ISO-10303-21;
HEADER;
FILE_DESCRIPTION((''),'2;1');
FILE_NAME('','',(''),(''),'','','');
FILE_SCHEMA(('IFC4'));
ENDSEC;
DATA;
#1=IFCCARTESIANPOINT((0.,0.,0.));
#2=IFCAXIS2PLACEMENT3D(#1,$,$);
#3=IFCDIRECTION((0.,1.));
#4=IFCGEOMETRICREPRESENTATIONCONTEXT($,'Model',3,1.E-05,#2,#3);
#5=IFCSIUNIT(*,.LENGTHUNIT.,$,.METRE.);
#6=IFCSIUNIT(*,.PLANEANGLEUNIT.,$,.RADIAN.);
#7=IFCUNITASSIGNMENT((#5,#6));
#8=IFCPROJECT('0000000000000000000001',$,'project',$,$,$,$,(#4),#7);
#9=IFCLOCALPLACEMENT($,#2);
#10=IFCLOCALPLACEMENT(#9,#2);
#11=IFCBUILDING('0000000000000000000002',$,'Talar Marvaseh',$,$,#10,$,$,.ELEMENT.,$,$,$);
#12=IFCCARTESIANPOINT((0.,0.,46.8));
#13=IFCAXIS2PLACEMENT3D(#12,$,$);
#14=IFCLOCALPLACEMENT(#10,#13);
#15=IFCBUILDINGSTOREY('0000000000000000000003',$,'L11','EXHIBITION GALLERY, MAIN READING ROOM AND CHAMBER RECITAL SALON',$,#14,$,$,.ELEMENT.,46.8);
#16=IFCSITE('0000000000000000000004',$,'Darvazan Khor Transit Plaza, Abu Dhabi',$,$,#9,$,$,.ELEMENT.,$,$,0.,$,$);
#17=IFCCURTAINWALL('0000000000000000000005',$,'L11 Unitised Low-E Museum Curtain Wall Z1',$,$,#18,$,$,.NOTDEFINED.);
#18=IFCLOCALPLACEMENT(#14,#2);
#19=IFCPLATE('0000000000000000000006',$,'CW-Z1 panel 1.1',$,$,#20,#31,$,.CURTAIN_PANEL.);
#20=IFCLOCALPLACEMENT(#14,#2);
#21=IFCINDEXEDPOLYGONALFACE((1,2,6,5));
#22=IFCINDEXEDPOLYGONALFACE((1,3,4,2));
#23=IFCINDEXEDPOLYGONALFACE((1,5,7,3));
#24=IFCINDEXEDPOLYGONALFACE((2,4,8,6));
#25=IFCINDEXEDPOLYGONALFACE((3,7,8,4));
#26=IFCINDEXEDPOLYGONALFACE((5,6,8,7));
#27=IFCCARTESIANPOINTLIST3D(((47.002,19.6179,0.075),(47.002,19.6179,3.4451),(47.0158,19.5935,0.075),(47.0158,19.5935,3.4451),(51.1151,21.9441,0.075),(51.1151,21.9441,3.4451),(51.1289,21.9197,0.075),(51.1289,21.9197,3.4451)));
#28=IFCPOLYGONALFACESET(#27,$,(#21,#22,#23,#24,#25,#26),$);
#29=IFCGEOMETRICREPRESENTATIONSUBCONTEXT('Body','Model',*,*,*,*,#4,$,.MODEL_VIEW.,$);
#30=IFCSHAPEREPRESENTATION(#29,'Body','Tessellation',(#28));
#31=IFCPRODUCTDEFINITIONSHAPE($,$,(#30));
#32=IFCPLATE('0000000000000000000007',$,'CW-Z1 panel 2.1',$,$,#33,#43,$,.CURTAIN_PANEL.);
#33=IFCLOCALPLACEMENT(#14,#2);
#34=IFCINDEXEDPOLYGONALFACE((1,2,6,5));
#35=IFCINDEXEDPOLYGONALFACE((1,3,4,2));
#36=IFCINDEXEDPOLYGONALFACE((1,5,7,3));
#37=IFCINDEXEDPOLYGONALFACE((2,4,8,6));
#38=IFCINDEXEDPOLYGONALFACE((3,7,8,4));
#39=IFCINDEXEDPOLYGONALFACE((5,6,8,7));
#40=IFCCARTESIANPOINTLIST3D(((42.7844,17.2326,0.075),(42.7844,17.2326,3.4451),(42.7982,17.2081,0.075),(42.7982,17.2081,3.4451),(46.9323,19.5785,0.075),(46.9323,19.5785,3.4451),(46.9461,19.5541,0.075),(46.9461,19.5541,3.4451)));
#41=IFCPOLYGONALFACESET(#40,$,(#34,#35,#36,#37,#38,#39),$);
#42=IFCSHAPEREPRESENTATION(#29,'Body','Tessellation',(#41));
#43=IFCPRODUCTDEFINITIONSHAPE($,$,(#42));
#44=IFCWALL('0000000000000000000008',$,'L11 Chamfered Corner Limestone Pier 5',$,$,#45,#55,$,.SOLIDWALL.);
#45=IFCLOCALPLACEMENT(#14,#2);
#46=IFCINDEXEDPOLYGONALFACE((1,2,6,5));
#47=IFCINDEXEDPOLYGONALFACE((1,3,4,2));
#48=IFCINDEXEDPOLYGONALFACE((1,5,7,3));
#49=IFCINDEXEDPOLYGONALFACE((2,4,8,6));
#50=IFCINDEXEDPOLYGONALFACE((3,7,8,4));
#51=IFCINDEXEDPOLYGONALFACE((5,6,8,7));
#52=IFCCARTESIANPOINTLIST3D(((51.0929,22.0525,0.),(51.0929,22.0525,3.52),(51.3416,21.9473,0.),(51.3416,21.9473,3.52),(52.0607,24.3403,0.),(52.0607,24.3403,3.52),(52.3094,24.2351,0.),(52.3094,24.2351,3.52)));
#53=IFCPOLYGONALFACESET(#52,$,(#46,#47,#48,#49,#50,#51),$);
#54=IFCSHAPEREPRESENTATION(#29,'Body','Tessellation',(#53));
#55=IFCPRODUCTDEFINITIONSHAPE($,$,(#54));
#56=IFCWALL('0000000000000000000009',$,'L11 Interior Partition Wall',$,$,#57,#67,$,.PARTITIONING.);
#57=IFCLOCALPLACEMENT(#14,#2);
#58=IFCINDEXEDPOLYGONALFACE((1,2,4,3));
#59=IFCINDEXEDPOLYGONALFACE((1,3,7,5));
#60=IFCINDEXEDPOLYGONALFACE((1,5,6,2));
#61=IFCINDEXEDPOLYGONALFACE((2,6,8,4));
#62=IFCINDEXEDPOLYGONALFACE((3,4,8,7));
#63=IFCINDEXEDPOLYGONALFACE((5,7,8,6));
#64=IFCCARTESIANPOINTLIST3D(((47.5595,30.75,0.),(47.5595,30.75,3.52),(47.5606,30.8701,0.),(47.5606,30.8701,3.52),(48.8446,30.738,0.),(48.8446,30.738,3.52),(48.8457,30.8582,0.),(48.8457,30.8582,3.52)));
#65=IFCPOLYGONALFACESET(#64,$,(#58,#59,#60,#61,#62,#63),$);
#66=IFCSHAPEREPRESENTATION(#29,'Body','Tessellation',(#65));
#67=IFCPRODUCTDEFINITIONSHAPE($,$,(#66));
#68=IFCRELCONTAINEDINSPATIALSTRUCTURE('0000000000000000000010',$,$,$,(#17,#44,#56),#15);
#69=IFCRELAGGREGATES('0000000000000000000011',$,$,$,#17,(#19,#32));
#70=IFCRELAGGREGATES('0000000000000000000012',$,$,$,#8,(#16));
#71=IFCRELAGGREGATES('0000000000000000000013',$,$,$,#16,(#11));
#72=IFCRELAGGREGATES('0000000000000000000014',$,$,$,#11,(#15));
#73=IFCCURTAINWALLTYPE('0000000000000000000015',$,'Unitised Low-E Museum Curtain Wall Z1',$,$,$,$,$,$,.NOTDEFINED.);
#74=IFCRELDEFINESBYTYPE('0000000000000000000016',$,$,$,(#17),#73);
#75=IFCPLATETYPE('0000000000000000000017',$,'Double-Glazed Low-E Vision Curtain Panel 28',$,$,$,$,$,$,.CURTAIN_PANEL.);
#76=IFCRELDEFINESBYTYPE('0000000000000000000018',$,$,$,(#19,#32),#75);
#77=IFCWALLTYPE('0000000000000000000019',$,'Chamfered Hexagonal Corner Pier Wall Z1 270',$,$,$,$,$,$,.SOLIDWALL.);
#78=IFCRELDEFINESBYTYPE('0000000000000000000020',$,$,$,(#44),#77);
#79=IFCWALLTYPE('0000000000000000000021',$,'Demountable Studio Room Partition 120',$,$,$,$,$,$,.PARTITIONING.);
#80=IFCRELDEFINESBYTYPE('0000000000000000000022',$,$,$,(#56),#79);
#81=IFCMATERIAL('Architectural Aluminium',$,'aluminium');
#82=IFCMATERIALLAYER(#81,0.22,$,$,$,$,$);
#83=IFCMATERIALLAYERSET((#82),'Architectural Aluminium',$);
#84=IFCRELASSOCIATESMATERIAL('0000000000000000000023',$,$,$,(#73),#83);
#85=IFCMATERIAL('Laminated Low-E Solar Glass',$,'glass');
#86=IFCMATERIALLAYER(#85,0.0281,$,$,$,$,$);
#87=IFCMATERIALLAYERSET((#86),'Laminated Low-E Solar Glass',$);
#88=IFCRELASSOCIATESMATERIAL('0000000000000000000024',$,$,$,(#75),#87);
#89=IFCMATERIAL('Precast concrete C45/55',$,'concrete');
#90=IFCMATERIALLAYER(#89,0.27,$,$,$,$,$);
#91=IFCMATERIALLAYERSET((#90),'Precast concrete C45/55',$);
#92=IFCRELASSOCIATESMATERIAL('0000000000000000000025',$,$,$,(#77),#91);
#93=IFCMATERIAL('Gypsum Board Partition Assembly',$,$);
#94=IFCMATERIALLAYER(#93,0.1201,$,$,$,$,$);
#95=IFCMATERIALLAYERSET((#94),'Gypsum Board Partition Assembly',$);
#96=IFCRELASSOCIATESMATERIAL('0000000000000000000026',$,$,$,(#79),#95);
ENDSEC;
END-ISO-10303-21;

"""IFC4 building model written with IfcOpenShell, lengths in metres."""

from ifc_helpers import new_model, si_unit, direction, frame, frame_2d, origin, origin_2d, place, context, subcontext, project, spatial, rectangle, extrude, source, transform, mapped, material, layer, layer_set, type_object, element, aggregate, save


model = new_model("IFC4")

# Units and contexts
model_context = context("Model", 3, precision=1e-05, world=origin(), true_north=direction((0.0, 1.0)))
body_context = subcontext(model_context, "Body", "Model", "MODEL_VIEW")
ifc_project = project(units=[si_unit("LENGTHUNIT", "METRE"), si_unit("PLANEANGLEUNIT", "RADIAN")], contexts=[model_context])

# Site, building, storey
site_placement = place(None, origin())
site = spatial("IfcSite", under=ifc_project, at=site_placement, Name="Darvazan Khor Transit Plaza, Abu Dhabi", CompositionType="ELEMENT", RefElevation=0.0)
building_placement = place(site_placement, origin())
building = spatial("IfcBuilding", under=site, at=building_placement, Name="Talar Marvaseh", CompositionType="ELEMENT")
storey_placement = place(building_placement, frame((0.0, 0.0, 46.8)))
storey = spatial("IfcBuildingStorey", under=building, at=storey_placement, Name="L11", Description="EXHIBITION GALLERY, MAIN READING ROOM AND CHAMBER RECITAL SALON", CompositionType="ELEMENT", Elevation=46.8)

# Curtain wall
ifc_material_1 = material(Name="Architectural Aluminium", Category="aluminium")
ifc_layer_1 = layer(ifc_material_1, 0.22)
ifc_layer_set_1 = layer_set([ifc_layer_1], Name="Architectural Aluminium")
curtain_wall_type = type_object("IfcCurtainWallType", Name="Unitised Low-E Museum Curtain Wall Z1", PredefinedType="NOTDEFINED", material=ifc_layer_set_1)
curtain_wall_1_placement = place(storey_placement, origin())
curtain_wall_1 = element("IfcCurtainWall", 1, at=curtain_wall_1_placement, inside=storey, type_object=curtain_wall_type, Name="L11 Unitised Low-E Museum Curtain Wall Z1", PredefinedType="NOTDEFINED")

# Plates
ifc_material_2 = material(Name="Laminated Low-E Solar Glass", Category="glass")
ifc_layer_2 = layer(ifc_material_2, 0.0281)
ifc_layer_set_2 = layer_set([ifc_layer_2], Name="Laminated Low-E Solar Glass")
plate_type = type_object("IfcPlateType", Name="Double-Glazed Low-E Vision Curtain Panel 28", PredefinedType="CURTAIN_PANEL", material=ifc_layer_set_2)
shared_shape_1 = source(origin(), body_context, "Body", "SweptSolid", [
    extrude(rectangle(XDim=4.7253, YDim=0.0281, at=origin_2d()), origin(), (0.0, 0.0, 1.0), 3.3701),
])
plate_1_placement = place(storey_placement, frame((49.0654, 20.7688, 0.075), z_axis=(0.0, 0.0, 1.0), x_axis=(-0.870431, -0.492291, 0.0)))
plate_1 = element("IfcPlate", 2, at=plate_1_placement, type_object=plate_type, Name="CW-Z1 panel 1.1", PredefinedType="CURTAIN_PANEL", context=body_context, shape_type="MappedRepresentation", body=[
    mapped(shared_shape_1, transform((0.0, 0.0, 0.0), x_axis=(1.0, 0.0, 0.0), y_axis=(0.0, 1.0, 0.0), z_axis=(0.0, 0.0, 1.0), scale=1.0)),
])
shared_shape_2 = source(origin(), body_context, "Body", "SweptSolid", [
    extrude(rectangle(XDim=4.7654, YDim=0.0281, at=origin_2d()), origin(), (0.0, 0.0, 1.0), 3.3701),
])
plate_2_placement = place(storey_placement, frame((44.8652, 18.3933, 0.075), z_axis=(0.0, 0.0, 1.0), x_axis=(-0.870431, -0.492291, 0.0)))
plate_2 = element("IfcPlate", 3, at=plate_2_placement, type_object=plate_type, Name="CW-Z1 panel 2.1", PredefinedType="CURTAIN_PANEL", context=body_context, shape_type="MappedRepresentation", body=[
    mapped(shared_shape_2, transform((0.0, 0.0, 0.0), x_axis=(1.0, 0.0, 0.0), y_axis=(0.0, 1.0, 0.0), z_axis=(0.0, 0.0, 1.0), scale=1.0)),
])
aggregate(curtain_wall_1, [plate_1, plate_2])

# Walls
ifc_material_3 = material(Name="Precast concrete C45/55", Category="concrete")
ifc_layer_3 = layer(ifc_material_3, 0.27)
ifc_layer_set_3 = layer_set([ifc_layer_3], Name="Precast concrete C45/55")
wall_type_1 = type_object("IfcWallType", Name="Chamfered Hexagonal Corner Pier Wall Z1 270", PredefinedType="SOLIDWALL", material=ifc_layer_set_3)
wall_1_placement = place(storey_placement, frame((52.1851, 24.2878, 0.0), z_axis=(0.0, 0.0, 1.0), x_axis=(-0.389585, -0.92099, 0.0)))
element("IfcWall", 4, at=wall_1_placement, inside=storey, type_object=wall_type_1, Name="L11 Chamfered Corner Limestone Pier 5", PredefinedType="SOLIDWALL", context=body_context, shape_type="SweptSolid", body=[
    extrude(rectangle(XDim=2.4841, YDim=0.27, at=frame_2d((1.2422, 0.0))), origin(), (0.0, 0.0, 1.0), 3.52),
])
ifc_material_4 = material(Name="Gypsum Board Partition Assembly")
ifc_layer_4 = layer(ifc_material_4, 0.1201)
ifc_layer_set_4 = layer_set([ifc_layer_4], Name="Gypsum Board Partition Assembly")
wall_type_2 = type_object("IfcWallType", Name="Demountable Studio Room Partition 120", PredefinedType="PARTITIONING", material=ifc_layer_set_4)
wall_2_placement = place(storey_placement, frame((47.5601, 30.8101, 0.0), z_axis=(0.0, 0.0, 1.0), x_axis=(0.999957, -0.009308, 0.0)))
element("IfcWall", 5, at=wall_2_placement, inside=storey, type_object=wall_type_2, Name="L11 Interior Partition Wall", PredefinedType="PARTITIONING", context=body_context, shape_type="SweptSolid", body=[
    extrude(rectangle(XDim=1.2852, YDim=0.1201, at=frame_2d((0.6426, 0.0))), origin(), (0.0, 0.0, 1.0), 3.52),
])

save(model, "model.ifc")
